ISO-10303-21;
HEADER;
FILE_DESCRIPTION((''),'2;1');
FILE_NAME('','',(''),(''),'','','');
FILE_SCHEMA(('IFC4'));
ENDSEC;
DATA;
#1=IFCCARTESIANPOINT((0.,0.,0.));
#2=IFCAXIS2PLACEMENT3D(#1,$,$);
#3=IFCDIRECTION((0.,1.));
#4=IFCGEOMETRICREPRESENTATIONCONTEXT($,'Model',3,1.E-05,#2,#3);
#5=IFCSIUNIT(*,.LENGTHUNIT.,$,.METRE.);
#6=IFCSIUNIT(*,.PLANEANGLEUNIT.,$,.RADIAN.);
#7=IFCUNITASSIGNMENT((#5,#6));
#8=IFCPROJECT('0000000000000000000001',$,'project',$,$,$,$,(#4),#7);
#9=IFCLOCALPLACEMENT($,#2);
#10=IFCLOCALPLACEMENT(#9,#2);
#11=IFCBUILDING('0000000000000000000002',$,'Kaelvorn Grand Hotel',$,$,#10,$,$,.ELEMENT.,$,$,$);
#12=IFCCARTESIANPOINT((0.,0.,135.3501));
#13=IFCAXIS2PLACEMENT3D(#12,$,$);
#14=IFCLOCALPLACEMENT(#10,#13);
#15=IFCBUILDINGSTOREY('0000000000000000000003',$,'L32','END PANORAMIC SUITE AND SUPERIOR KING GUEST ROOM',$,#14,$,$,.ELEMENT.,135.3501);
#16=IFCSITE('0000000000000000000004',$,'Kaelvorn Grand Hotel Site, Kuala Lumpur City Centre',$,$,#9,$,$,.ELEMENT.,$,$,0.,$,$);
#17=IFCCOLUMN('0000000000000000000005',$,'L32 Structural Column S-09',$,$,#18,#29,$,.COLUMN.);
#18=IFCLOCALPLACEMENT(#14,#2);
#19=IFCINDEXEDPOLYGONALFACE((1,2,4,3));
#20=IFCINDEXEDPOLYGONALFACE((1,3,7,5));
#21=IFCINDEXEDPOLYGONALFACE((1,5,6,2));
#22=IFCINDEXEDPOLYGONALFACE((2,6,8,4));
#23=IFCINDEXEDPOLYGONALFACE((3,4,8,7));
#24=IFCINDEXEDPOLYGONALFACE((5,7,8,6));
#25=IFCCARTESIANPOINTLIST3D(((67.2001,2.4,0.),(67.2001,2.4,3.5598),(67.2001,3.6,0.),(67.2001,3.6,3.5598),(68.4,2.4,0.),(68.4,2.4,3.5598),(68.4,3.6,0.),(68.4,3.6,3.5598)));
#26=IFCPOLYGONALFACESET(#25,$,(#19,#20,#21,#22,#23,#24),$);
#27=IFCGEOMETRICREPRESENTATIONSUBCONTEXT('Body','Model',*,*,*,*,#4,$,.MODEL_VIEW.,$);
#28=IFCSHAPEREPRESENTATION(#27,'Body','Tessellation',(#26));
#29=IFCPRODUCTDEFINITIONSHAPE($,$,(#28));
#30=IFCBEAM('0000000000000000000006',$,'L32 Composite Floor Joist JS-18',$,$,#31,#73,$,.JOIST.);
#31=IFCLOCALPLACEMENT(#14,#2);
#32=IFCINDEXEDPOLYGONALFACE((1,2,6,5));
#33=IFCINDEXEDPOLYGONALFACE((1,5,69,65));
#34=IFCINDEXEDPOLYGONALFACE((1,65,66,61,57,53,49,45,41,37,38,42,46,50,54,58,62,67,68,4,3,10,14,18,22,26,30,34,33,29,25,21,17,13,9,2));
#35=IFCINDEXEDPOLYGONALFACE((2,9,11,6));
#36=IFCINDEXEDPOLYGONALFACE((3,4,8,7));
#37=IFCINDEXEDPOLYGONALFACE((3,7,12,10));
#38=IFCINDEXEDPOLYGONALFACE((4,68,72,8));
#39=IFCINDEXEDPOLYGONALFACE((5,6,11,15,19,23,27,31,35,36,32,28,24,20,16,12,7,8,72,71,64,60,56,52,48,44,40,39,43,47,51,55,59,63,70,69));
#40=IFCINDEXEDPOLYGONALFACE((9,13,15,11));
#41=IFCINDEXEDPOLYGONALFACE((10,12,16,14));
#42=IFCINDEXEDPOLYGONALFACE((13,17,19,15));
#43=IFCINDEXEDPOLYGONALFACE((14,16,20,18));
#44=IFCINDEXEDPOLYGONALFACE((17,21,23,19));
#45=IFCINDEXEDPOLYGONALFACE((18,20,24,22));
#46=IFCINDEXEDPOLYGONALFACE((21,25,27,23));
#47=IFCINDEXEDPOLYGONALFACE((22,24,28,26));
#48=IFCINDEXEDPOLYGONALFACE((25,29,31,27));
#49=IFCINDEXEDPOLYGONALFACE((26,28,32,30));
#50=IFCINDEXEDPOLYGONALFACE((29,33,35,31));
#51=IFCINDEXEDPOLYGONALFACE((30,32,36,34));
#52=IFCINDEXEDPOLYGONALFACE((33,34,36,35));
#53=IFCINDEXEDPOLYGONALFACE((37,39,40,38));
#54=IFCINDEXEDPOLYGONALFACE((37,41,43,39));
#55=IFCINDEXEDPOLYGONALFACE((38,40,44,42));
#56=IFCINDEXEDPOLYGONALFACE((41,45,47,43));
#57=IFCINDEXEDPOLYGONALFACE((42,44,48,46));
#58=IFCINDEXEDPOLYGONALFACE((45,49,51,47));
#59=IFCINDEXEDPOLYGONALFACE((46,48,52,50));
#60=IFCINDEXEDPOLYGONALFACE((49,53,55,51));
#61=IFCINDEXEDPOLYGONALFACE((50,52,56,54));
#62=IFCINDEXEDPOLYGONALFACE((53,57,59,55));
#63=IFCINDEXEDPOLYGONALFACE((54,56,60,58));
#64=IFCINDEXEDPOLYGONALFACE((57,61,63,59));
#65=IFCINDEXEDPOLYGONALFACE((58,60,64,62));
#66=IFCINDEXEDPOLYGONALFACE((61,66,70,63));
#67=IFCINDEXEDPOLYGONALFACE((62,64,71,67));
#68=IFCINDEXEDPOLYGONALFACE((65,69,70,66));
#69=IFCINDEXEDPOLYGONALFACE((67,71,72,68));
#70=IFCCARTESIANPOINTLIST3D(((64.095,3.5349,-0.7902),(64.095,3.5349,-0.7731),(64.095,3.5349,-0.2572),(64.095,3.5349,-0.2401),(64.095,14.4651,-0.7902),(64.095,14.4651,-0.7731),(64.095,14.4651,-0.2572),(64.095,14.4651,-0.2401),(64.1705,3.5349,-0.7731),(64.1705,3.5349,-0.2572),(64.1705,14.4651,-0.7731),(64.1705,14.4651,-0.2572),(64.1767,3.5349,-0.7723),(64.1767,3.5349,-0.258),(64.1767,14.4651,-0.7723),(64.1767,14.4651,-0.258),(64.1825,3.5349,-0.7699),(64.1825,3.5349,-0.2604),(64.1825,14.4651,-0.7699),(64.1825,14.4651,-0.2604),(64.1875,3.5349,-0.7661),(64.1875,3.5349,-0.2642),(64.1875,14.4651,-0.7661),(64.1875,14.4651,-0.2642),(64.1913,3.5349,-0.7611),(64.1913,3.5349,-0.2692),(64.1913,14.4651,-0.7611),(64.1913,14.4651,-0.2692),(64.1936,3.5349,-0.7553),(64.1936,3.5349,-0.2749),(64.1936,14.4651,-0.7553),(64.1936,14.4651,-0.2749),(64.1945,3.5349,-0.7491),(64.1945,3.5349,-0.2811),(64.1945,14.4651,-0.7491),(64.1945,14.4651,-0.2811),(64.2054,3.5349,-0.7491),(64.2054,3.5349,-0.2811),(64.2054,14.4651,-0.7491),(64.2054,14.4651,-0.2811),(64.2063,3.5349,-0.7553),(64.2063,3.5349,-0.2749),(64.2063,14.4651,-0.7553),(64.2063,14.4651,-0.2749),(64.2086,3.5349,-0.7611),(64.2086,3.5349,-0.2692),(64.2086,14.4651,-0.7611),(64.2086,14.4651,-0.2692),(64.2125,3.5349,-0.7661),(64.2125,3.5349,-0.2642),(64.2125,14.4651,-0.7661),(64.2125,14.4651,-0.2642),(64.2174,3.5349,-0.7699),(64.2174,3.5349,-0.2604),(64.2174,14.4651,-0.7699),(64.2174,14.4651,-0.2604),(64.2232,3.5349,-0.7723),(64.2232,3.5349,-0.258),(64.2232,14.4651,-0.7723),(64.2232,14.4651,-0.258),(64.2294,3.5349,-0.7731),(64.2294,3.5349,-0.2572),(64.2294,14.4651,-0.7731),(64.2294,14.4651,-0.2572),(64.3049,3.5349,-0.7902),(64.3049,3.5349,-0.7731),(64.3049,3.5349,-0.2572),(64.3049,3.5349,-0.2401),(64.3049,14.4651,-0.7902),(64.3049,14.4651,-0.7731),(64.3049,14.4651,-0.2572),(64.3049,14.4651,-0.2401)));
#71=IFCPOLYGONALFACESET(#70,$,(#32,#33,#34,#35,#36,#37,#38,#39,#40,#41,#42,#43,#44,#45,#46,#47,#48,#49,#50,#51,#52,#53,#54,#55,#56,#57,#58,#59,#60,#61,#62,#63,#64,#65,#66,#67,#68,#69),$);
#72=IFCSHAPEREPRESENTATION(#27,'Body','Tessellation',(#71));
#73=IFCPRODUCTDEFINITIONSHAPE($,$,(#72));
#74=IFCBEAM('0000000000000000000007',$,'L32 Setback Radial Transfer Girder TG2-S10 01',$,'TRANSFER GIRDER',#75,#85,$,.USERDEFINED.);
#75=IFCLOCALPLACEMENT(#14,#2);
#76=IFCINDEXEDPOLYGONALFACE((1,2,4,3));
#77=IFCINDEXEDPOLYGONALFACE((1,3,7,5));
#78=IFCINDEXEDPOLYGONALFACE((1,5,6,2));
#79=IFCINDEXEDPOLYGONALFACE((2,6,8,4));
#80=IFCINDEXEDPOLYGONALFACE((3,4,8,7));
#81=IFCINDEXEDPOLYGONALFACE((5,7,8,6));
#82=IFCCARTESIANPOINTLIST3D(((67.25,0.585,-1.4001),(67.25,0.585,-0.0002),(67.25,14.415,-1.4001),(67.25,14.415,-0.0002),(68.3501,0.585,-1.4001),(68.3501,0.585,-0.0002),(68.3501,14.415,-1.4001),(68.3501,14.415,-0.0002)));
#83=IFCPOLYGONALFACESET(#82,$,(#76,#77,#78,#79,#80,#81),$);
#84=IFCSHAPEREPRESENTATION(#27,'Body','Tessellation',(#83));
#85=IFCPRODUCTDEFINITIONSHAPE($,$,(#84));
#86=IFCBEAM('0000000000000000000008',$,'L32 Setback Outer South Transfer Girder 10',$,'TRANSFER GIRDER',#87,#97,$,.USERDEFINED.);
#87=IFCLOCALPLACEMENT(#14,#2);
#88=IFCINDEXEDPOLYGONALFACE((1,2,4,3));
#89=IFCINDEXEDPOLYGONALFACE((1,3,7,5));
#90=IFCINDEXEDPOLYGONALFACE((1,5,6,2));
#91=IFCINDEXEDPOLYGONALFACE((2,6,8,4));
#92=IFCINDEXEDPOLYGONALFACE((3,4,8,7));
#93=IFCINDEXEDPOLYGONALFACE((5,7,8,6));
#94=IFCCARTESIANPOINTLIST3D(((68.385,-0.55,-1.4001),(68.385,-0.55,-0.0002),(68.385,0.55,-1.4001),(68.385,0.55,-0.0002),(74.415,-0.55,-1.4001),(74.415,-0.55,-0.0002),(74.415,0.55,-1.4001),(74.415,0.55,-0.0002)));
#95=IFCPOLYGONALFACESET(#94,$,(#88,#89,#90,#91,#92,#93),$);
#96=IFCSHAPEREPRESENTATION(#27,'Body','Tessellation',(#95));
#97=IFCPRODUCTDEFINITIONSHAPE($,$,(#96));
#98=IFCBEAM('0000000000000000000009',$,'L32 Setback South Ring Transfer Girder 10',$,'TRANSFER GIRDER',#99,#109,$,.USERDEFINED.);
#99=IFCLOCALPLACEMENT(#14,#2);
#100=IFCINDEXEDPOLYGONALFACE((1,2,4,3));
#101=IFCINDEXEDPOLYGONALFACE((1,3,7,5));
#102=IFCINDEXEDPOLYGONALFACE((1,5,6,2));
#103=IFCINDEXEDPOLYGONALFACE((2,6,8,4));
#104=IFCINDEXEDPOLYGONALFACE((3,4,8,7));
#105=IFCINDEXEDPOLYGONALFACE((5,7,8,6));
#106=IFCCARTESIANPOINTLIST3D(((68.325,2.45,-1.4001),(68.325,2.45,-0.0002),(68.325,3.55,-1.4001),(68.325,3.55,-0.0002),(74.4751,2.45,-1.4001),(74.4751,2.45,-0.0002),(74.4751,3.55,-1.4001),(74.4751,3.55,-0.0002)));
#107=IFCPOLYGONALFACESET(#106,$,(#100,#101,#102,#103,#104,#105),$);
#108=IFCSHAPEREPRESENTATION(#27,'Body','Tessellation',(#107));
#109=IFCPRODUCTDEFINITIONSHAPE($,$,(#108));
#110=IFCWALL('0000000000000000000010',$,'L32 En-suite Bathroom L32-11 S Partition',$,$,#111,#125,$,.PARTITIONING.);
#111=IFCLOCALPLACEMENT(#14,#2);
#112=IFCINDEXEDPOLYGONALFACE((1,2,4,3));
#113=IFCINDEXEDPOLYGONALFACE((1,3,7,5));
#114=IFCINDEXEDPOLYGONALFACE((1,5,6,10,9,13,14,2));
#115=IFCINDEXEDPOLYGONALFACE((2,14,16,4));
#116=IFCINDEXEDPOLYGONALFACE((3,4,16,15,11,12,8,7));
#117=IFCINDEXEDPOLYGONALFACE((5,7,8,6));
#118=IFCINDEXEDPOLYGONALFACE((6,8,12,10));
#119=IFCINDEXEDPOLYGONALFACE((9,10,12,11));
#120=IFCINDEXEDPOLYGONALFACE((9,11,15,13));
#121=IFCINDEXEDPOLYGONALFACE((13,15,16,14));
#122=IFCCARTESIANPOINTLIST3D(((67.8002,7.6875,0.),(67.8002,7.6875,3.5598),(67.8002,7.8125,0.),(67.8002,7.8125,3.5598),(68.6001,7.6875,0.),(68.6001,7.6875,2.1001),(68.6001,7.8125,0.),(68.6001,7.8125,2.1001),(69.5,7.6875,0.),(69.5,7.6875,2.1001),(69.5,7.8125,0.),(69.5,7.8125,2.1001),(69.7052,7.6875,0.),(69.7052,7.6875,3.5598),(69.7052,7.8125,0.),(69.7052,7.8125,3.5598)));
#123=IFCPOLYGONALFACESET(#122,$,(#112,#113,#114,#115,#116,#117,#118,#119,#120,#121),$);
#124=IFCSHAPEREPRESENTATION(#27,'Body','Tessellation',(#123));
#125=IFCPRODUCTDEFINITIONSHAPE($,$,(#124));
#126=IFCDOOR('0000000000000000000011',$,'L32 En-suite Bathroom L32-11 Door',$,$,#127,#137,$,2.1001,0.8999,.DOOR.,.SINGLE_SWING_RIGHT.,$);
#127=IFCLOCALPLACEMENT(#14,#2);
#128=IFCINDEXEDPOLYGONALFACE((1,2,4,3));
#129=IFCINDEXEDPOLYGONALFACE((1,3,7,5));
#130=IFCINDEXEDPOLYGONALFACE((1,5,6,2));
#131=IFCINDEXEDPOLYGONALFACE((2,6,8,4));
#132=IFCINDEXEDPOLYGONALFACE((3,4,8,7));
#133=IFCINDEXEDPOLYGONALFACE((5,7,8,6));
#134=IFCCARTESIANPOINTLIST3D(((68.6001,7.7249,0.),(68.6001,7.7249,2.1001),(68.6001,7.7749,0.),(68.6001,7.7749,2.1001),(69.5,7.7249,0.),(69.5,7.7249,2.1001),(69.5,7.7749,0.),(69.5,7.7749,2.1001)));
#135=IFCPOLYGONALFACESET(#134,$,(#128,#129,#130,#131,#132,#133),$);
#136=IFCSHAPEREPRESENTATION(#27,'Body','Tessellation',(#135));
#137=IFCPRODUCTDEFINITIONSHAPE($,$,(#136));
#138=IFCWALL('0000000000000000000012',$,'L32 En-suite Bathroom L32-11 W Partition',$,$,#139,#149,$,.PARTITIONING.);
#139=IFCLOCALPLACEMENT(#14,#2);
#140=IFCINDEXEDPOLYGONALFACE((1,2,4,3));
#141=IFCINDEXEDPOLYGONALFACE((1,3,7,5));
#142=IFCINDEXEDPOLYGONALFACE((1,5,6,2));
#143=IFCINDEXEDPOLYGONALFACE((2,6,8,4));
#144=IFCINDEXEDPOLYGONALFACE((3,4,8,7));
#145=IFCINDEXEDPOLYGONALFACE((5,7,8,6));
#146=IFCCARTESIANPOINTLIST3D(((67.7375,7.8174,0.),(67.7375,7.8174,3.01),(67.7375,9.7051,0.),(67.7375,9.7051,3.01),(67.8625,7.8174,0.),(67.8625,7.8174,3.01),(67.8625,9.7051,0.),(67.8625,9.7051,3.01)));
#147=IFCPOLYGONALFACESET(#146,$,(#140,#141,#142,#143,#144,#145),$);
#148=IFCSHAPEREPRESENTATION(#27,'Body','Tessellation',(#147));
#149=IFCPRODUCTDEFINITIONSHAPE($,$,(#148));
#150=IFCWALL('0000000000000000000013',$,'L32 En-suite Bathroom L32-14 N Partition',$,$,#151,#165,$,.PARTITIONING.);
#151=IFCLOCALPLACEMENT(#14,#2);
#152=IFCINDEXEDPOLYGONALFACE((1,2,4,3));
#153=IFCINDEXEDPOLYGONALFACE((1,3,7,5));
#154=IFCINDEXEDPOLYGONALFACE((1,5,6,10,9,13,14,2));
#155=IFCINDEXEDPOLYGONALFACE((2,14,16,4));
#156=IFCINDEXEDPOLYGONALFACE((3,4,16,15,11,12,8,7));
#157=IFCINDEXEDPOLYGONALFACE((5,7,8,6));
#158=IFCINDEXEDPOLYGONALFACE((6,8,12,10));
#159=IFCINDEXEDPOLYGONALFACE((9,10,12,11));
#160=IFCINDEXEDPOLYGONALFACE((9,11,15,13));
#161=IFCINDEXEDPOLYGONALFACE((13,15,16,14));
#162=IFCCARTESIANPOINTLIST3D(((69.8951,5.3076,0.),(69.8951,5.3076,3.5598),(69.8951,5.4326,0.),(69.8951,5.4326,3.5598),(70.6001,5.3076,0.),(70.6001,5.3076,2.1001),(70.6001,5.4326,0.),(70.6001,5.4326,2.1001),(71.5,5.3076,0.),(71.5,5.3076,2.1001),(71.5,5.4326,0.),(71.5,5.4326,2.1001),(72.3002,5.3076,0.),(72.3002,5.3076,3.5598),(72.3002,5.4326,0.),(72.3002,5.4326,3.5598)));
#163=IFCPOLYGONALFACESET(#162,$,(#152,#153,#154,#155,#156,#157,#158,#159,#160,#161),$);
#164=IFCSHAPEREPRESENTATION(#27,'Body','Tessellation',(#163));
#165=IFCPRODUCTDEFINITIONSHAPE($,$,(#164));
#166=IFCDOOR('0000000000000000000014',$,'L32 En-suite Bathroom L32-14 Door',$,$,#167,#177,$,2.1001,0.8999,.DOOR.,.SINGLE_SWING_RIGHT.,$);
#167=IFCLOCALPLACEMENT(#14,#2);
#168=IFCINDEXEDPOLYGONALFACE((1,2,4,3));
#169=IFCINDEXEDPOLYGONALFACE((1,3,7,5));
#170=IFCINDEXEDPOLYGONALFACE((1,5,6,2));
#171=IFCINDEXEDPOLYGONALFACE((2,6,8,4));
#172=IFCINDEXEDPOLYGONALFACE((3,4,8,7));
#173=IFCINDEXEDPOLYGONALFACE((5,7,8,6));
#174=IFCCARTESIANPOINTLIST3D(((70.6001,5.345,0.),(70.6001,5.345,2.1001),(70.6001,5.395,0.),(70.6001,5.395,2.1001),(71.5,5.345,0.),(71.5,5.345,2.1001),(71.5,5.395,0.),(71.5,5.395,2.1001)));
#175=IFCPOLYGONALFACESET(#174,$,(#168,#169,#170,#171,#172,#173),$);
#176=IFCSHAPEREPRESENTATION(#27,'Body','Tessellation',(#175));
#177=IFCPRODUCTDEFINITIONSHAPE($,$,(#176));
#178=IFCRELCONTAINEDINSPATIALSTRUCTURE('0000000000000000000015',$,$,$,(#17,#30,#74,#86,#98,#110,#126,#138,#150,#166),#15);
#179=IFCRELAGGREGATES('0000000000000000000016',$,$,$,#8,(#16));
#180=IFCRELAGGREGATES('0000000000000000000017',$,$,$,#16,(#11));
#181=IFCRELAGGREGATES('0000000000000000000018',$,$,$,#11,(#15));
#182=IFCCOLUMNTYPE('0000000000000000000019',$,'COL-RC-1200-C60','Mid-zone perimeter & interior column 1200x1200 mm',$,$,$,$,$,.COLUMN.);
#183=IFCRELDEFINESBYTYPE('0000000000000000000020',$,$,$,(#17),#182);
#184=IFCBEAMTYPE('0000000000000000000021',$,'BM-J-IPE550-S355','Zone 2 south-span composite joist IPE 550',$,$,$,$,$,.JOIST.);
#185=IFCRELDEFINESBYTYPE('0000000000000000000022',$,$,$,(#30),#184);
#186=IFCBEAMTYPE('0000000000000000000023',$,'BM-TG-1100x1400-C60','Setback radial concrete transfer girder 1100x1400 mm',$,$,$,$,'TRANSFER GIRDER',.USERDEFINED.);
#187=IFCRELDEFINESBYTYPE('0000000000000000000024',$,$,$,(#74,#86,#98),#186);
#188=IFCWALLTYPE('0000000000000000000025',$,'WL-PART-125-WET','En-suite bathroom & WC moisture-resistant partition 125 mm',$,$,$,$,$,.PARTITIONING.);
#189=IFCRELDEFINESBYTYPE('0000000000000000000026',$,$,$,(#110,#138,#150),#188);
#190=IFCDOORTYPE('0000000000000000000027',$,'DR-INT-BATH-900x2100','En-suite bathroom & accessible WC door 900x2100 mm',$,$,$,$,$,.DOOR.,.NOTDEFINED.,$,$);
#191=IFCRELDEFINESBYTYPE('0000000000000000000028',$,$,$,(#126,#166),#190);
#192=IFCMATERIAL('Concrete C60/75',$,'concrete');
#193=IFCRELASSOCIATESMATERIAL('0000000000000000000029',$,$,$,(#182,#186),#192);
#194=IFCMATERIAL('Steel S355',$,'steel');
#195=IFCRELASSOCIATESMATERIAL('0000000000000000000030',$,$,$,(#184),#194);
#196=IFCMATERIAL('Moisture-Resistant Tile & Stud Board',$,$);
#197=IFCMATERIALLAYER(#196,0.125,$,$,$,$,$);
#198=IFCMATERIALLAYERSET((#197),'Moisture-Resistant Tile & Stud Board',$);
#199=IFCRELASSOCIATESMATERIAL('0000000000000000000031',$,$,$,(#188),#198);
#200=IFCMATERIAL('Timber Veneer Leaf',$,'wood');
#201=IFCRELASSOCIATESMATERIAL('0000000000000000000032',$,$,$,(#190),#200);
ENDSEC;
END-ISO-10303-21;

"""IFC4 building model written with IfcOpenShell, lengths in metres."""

from ifc_helpers import new_model, si_unit, direction, frame, frame_2d, origin, origin_2d, place, context, subcontext, project, spatial, rectangle, i_section, extrude, material, layer, layer_set, material_profile, profile_set, type_object, element, fill, save


model = new_model("IFC4")

# Units and contexts
model_context = context("Model", 3, precision=1e-05, world=origin(), true_north=direction((0.0, 1.0)))
body_context = subcontext(model_context, "Body", "Model", "MODEL_VIEW")
ifc_project = project(units=[si_unit("LENGTHUNIT", "METRE"), si_unit("PLANEANGLEUNIT", "RADIAN")], contexts=[model_context])

# Site, building, storey
site_placement = place(None, origin())
site = spatial("IfcSite", under=ifc_project, at=site_placement, Name="Kaelvorn Grand Hotel Site, Kuala Lumpur City Centre", CompositionType="ELEMENT", RefElevation=0.0)
building_placement = place(site_placement, origin())
building = spatial("IfcBuilding", under=site, at=building_placement, Name="Kaelvorn Grand Hotel", CompositionType="ELEMENT")
storey_placement = place(building_placement, frame((0.0, 0.0, 135.3501)))
storey = spatial("IfcBuildingStorey", under=building, at=storey_placement, Name="L32", Description="END PANORAMIC SUITE AND SUPERIOR KING GUEST ROOM", CompositionType="ELEMENT", Elevation=135.3501)

# Column
ifc_material_1 = material(Name="Concrete C60/75", Category="concrete")
ifc_material_profile_1 = material_profile(ifc_material_1, rectangle(XDim=1.2, YDim=1.2, at=origin_2d()), Name="RC COL 1200x1200")
ifc_profile_set_1 = profile_set([ifc_material_profile_1], Name="Concrete C60/75")
column_type = type_object("IfcColumnType", Name="COL-RC-1200-C60", Description="Mid-zone perimeter & interior column 1200x1200 mm", PredefinedType="COLUMN", material=ifc_profile_set_1)
column_placement = place(storey_placement, frame((67.8, 3.0, 0.0), z_axis=(0.0, 0.0, 1.0), x_axis=(1.0, 0.0, 0.0)))
element("IfcColumn", 1, at=column_placement, inside=storey, type_object=column_type, Name="L32 Structural Column S-09", PredefinedType="COLUMN", context=body_context, shape_type="SweptSolid", body=[
    extrude(rectangle(XDim=1.2, YDim=1.2, at=origin_2d()), origin(), (0.0, 0.0, 1.0), 3.5598),
])

# Beams
ifc_material_2 = material(Name="Steel S355", Category="steel")
ifc_material_profile_2 = material_profile(ifc_material_2, i_section(OverallWidth=0.21, OverallDepth=0.55, WebThickness=0.011, FlangeThickness=0.0171, FilletRadius=0.0239, at=origin_2d()), Name="IPE 550")
ifc_profile_set_2 = profile_set([ifc_material_profile_2], Name="Steel S355")
beam_type_1 = type_object("IfcBeamType", Name="BM-J-IPE550-S355", Description="Zone 2 south-span composite joist IPE 550", PredefinedType="JOIST", material=ifc_profile_set_2)
beam_1_placement = place(storey_placement, frame((64.2, 3.5349, -0.5151), z_axis=(0.0, 1.0, 0.0), x_axis=(-1.0, 0.0, 0.0)))
element("IfcBeam", 2, at=beam_1_placement, inside=storey, type_object=beam_type_1, Name="L32 Composite Floor Joist JS-18", PredefinedType="JOIST", context=body_context, shape_type="SweptSolid", body=[
    extrude(i_section(OverallWidth=0.21, OverallDepth=0.55, WebThickness=0.011, FlangeThickness=0.0171, FilletRadius=0.0239, at=origin_2d()), origin(), (0.0, 0.0, 1.0), 10.9302),
])
ifc_material_profile_3 = material_profile(ifc_material_1, rectangle(XDim=1.1001, YDim=1.3999, at=origin_2d()), Name="RC TG 1100x1400")
ifc_profile_set_3 = profile_set([ifc_material_profile_3], Name="Concrete C60/75")
beam_type_2 = type_object("IfcBeamType", Name="BM-TG-1100x1400-C60", Description="Setback radial concrete transfer girder 1100x1400 mm", ElementType="TRANSFER GIRDER", PredefinedType="USERDEFINED", material=ifc_profile_set_3)
beam_2_placement = place(storey_placement, frame((67.8, 0.585, -0.7002), z_axis=(0.0, 1.0, 0.0), x_axis=(-1.0, 0.0, 0.0)))
element("IfcBeam", 3, at=beam_2_placement, inside=storey, type_object=beam_type_2, Name="L32 Setback Radial Transfer Girder TG2-S10 01", ObjectType="TRANSFER GIRDER", PredefinedType="USERDEFINED", context=body_context, shape_type="SweptSolid", body=[
    extrude(rectangle(XDim=1.1001, YDim=1.3999, at=origin_2d()), origin(), (0.0, 0.0, 1.0), 13.8301),
])
beam_3_placement = place(storey_placement, frame((68.385, 0.0, -0.7002), z_axis=(1.0, 0.0, 0.0), x_axis=(0.0, 1.0, 0.0)))
element("IfcBeam", 4, at=beam_3_placement, inside=storey, type_object=beam_type_2, Name="L32 Setback Outer South Transfer Girder 10", ObjectType="TRANSFER GIRDER", PredefinedType="USERDEFINED", context=body_context, shape_type="SweptSolid", body=[
    extrude(rectangle(XDim=1.1001, YDim=1.3999, at=origin_2d()), origin(), (0.0, 0.0, 1.0), 6.03),
])
beam_4_placement = place(storey_placement, frame((68.325, 3.0, -0.7002), z_axis=(1.0, 0.0, 0.0), x_axis=(0.0, 1.0, 0.0)))
element("IfcBeam", 5, at=beam_4_placement, inside=storey, type_object=beam_type_2, Name="L32 Setback South Ring Transfer Girder 10", ObjectType="TRANSFER GIRDER", PredefinedType="USERDEFINED", context=body_context, shape_type="SweptSolid", body=[
    extrude(rectangle(XDim=1.1001, YDim=1.3999, at=origin_2d()), origin(), (0.0, 0.0, 1.0), 6.1501),
])

# Wall, opening, door
ifc_material_3 = material(Name="Moisture-Resistant Tile & Stud Board")
ifc_layer_1 = layer(ifc_material_3, 0.125)
ifc_layer_set_1 = layer_set([ifc_layer_1], Name="Moisture-Resistant Tile & Stud Board")
wall_type_1 = type_object("IfcWallType", Name="WL-PART-125-WET", Description="En-suite bathroom & WC moisture-resistant partition 125 mm", PredefinedType="PARTITIONING", material=ifc_layer_set_1)
wall_1_placement = place(storey_placement, frame((67.8, 7.75, 0.0), z_axis=(0.0, 0.0, 1.0), x_axis=(1.0, 0.0, 0.0)))
wall_1 = element("IfcWall", 6, at=wall_1_placement, inside=storey, type_object=wall_type_1, Name="L32 En-suite Bathroom L32-11 S Partition", PredefinedType="PARTITIONING", context=body_context, shape_type="SweptSolid", body=[
    extrude(rectangle(XDim=1.905, YDim=0.125, at=frame_2d((0.9526, 0.0))), origin(), (0.0, 0.0, 1.0), 3.5598),
])
opening_1_placement = place(wall_1_placement, frame((0.8, 0.0, 0.0)))
opening_1 = element("IfcOpeningElement", 7, at=opening_1_placement, cuts=wall_1, PredefinedType="OPENING", context=body_context, shape_type="SweptSolid", body=[
    extrude(rectangle(XDim=0.8999, YDim=2.1001, at=frame_2d((0.45, 1.05))), frame((0.0, 0.0725, 0.0), z_axis=(0.0, -1.0, 0.0), x_axis=(1.0, 0.0, 0.0)), (0.0, 0.0, 1.0), 0.145),
])
ifc_material_4 = material(Name="Timber Veneer Leaf", Category="wood")
door_type_1 = type_object("IfcDoorType", Name="DR-INT-BATH-900x2100", Description="En-suite bathroom & accessible WC door 900x2100 mm", OperationType="NOTDEFINED", PredefinedType="DOOR", material=ifc_material_4)
door_1_placement = place(opening_1_placement, origin())
door_1 = element("IfcDoor", 8, at=door_1_placement, inside=storey, type_object=door_type_1, Name="L32 En-suite Bathroom L32-11 Door", OperationType="SINGLE_SWING_RIGHT", OverallHeight=2.1001, OverallWidth=0.8999, PredefinedType="DOOR", context=body_context, shape_type="SweptSolid", body=[
    extrude(rectangle(XDim=0.8999, YDim=2.1001, at=frame_2d((0.45, 1.05))), frame((0.0, 0.0249, 0.0), z_axis=(0.0, -1.0, 0.0), x_axis=(1.0, 0.0, 0.0)), (0.0, 0.0, 1.0), 0.05),
])
fill(opening_1, door_1)

# Wall
wall_2_placement = place(storey_placement, frame((67.8, 7.8174, 0.0), z_axis=(0.0, 0.0, 1.0), x_axis=(0.0, 1.0, 0.0)))
element("IfcWall", 9, at=wall_2_placement, inside=storey, type_object=wall_type_1, Name="L32 En-suite Bathroom L32-11 W Partition", PredefinedType="PARTITIONING", context=body_context, shape_type="SweptSolid", body=[
    extrude(rectangle(XDim=1.8877, YDim=0.125, at=frame_2d((0.9438, 0.0))), origin(), (0.0, 0.0, 1.0), 3.01),
])

# Wall, opening, door
wall_3_placement = place(storey_placement, frame((69.895, 5.3701, 0.0), z_axis=(0.0, 0.0, 1.0), x_axis=(1.0, 0.0, 0.0)))
wall_3 = element("IfcWall", 10, at=wall_3_placement, inside=storey, type_object=wall_type_1, Name="L32 En-suite Bathroom L32-14 N Partition", PredefinedType="PARTITIONING", context=body_context, shape_type="SweptSolid", body=[
    extrude(rectangle(XDim=2.405, YDim=0.125, at=frame_2d((1.2026, 0.0))), origin(), (0.0, 0.0, 1.0), 3.5598),
])
opening_2_placement = place(wall_3_placement, frame((0.7051, 0.0, 0.0)))
opening_2 = element("IfcOpeningElement", 11, at=opening_2_placement, cuts=wall_3, PredefinedType="OPENING", context=body_context, shape_type="SweptSolid", body=[
    extrude(rectangle(XDim=0.8999, YDim=2.1001, at=frame_2d((0.45, 1.05))), frame((0.0, 0.0725, 0.0), z_axis=(0.0, -1.0, 0.0), x_axis=(1.0, 0.0, 0.0)), (0.0, 0.0, 1.0), 0.145),
])
door_2_placement = place(opening_2_placement, origin())
door_2 = element("IfcDoor", 12, at=door_2_placement, inside=storey, type_object=door_type_1, Name="L32 En-suite Bathroom L32-14 Door", OperationType="SINGLE_SWING_RIGHT", OverallHeight=2.1001, OverallWidth=0.8999, PredefinedType="DOOR", context=body_context, shape_type="SweptSolid", body=[
    extrude(rectangle(XDim=0.8999, YDim=2.1001, at=frame_2d((0.45, 1.05))), frame((0.0, 0.0249, 0.0), z_axis=(0.0, -1.0, 0.0), x_axis=(1.0, 0.0, 0.0)), (0.0, 0.0, 1.0), 0.05),
])
fill(opening_2, door_2)

save(model, "model.ifc")
